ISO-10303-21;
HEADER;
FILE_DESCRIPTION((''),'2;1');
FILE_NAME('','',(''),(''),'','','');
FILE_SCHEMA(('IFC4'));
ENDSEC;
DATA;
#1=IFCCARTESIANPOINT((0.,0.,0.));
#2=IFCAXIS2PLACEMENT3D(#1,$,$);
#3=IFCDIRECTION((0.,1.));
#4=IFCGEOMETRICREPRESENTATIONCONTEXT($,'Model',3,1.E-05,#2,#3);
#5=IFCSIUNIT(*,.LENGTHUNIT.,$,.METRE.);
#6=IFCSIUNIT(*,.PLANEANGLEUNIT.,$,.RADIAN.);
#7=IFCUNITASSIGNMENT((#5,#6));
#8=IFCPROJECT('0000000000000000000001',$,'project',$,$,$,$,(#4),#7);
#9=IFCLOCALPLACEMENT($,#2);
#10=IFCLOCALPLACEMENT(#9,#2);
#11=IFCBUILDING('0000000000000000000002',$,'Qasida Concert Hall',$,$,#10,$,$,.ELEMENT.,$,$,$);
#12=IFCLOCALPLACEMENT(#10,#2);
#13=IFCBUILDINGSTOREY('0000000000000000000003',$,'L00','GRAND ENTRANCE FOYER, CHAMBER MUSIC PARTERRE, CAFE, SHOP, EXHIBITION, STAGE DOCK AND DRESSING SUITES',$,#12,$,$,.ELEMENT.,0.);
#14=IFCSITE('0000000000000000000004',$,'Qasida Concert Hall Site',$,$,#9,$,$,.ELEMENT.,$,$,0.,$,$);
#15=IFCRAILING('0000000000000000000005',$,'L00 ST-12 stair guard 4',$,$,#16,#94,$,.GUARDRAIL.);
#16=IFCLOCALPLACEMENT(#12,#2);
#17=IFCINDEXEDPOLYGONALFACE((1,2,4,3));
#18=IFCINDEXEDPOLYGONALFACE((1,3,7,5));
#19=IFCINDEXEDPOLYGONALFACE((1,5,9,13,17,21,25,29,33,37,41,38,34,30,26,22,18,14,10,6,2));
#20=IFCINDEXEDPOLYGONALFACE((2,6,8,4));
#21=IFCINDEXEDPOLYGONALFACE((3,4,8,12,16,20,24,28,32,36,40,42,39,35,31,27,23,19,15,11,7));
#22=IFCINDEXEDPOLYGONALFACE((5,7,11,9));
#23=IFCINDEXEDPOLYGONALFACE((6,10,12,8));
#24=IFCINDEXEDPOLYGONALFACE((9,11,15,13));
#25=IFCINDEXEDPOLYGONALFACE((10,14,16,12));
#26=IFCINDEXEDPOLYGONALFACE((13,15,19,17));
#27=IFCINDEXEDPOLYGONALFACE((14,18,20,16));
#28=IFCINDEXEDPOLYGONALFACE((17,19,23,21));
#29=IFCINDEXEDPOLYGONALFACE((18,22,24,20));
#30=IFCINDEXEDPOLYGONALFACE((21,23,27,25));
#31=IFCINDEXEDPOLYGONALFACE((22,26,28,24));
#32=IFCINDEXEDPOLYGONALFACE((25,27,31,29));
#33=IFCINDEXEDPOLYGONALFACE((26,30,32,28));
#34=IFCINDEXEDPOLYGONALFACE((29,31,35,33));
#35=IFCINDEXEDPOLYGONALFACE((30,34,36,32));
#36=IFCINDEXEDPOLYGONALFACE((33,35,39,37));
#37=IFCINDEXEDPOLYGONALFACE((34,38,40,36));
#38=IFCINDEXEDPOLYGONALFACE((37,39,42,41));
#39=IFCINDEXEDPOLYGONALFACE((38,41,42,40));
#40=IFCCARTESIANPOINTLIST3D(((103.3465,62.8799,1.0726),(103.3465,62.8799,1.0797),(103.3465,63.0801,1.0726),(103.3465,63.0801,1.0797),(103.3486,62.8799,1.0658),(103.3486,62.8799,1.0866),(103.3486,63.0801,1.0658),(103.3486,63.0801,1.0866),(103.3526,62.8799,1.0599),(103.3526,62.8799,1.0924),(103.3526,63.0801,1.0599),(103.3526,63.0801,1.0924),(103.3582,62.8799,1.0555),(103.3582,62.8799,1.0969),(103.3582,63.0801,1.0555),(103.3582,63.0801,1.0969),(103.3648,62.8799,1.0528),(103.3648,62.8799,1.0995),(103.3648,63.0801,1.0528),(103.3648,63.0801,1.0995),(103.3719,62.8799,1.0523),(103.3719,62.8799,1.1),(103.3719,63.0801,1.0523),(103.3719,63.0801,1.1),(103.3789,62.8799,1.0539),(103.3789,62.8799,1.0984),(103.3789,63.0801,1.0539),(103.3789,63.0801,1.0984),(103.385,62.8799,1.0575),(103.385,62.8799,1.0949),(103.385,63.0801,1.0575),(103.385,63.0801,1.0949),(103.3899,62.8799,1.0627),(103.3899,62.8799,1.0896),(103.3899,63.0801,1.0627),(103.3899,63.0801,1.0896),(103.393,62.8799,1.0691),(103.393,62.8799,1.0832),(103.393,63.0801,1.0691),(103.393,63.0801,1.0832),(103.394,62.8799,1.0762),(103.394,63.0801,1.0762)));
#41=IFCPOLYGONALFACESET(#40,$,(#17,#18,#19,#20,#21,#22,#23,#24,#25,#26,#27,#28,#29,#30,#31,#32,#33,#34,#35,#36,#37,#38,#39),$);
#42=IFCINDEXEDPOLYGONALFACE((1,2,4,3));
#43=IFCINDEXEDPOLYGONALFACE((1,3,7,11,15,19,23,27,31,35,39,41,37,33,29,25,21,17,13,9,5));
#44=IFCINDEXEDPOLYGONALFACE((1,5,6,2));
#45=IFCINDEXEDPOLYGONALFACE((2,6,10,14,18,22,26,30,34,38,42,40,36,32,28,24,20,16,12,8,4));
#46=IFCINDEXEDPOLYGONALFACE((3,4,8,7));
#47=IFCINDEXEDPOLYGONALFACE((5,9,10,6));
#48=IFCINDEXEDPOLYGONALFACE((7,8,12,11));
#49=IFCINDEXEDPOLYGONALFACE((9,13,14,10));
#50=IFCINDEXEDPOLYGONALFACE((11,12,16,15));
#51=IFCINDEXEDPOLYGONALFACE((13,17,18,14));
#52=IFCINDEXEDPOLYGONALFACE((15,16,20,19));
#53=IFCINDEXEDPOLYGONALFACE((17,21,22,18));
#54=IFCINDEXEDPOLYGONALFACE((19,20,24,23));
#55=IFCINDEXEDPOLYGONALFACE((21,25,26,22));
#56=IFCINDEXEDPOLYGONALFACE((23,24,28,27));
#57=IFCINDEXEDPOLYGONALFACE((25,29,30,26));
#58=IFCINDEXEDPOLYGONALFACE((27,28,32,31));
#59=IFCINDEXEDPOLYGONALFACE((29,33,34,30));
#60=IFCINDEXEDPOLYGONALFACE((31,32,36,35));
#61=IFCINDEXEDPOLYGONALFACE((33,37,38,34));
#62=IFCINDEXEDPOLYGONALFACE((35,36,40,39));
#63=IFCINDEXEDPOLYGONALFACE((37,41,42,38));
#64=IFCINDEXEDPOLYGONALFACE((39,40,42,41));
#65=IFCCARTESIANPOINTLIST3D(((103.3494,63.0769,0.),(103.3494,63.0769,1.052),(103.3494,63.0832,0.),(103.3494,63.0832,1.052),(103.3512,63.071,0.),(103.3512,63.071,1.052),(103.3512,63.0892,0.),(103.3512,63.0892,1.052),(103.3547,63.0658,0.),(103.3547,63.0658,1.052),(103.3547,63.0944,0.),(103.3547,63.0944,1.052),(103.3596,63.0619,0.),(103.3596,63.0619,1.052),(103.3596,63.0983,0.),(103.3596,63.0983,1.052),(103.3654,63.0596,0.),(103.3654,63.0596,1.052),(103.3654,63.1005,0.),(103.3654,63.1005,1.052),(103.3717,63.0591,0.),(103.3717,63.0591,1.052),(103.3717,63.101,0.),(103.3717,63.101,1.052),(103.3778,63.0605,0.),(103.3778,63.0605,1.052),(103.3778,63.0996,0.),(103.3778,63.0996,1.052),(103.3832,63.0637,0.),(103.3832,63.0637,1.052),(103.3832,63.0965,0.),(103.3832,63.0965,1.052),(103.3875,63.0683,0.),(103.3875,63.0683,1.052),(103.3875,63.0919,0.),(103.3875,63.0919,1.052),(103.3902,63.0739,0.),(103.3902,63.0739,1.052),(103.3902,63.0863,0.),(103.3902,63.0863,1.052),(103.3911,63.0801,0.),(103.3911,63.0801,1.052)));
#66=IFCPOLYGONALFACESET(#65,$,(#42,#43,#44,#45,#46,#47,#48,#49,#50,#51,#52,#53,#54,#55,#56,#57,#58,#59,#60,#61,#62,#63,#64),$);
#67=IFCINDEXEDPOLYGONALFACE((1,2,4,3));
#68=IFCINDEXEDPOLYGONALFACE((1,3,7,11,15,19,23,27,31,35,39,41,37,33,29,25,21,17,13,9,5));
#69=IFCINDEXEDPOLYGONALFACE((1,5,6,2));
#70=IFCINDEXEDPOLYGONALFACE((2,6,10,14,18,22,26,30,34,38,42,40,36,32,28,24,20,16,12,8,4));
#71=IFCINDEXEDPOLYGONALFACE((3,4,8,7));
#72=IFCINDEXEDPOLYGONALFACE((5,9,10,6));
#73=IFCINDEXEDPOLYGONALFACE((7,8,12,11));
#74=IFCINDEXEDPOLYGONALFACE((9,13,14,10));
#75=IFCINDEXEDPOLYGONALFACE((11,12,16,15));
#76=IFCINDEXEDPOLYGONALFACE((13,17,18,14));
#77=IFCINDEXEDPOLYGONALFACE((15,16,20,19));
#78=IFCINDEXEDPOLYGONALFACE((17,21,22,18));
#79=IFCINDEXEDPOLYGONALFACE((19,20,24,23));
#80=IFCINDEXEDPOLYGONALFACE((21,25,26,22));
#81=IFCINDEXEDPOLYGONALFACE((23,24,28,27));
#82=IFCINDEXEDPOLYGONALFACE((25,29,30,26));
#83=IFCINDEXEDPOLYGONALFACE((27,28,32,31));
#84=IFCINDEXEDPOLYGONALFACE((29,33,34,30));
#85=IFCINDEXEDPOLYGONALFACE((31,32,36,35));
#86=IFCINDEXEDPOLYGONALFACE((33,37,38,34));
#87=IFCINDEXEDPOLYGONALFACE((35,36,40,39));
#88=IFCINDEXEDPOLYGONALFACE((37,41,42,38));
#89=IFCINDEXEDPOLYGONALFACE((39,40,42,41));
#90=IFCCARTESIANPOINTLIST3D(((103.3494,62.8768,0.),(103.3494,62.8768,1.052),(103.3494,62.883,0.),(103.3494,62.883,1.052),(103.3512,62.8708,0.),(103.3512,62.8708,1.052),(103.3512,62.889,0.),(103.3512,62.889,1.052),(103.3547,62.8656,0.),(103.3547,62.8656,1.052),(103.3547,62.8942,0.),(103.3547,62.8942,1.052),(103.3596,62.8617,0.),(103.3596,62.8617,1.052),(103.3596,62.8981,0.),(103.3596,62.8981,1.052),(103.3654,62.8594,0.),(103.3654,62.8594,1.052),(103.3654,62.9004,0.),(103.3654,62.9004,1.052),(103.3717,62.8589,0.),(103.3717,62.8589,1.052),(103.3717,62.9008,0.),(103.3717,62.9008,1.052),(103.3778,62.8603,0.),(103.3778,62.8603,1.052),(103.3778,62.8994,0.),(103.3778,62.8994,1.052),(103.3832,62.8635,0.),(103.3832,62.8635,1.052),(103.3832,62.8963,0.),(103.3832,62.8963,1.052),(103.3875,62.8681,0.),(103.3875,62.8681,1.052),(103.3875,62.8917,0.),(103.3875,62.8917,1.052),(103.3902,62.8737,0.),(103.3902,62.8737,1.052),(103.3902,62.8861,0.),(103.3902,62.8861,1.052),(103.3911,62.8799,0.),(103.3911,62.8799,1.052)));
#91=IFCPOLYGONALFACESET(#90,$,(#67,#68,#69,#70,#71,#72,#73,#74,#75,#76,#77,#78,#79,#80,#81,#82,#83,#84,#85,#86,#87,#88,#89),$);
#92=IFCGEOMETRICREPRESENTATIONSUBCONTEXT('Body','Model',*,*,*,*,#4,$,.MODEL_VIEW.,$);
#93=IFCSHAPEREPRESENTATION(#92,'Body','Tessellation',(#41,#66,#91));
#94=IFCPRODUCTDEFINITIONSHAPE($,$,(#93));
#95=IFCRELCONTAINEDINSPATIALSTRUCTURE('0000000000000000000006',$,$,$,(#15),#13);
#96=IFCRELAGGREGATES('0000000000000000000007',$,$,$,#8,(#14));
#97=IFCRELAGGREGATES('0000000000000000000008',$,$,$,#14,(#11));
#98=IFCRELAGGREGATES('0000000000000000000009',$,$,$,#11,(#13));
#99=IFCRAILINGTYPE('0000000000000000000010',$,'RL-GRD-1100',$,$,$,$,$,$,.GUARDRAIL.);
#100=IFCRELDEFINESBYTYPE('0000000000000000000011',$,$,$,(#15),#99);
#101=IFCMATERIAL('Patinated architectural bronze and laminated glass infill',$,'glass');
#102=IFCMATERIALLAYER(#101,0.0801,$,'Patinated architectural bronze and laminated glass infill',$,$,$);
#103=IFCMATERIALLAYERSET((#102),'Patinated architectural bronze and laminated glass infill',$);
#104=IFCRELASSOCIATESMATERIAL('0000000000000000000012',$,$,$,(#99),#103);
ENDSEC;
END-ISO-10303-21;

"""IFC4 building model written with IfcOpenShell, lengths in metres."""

from ifc_helpers import new_model, si_unit, direction, frame, origin, origin_2d, place, context, subcontext, project, spatial, circle, extrude, material, layer, layer_set, type_object, element, save


model = new_model("IFC4")

# Units and contexts
model_context = context("Model", 3, precision=1e-05, world=origin(), true_north=direction((0.0, 1.0)))
body_context = subcontext(model_context, "Body", "Model", "MODEL_VIEW")
ifc_project = project(units=[si_unit("LENGTHUNIT", "METRE"), si_unit("PLANEANGLEUNIT", "RADIAN")], contexts=[model_context])

# Site, building, storey
site_placement = place(None, origin())
site = spatial("IfcSite", under=ifc_project, at=site_placement, Name="Qasida Concert Hall Site", CompositionType="ELEMENT", RefElevation=0.0)
building_placement = place(site_placement, origin())
building = spatial("IfcBuilding", under=site, at=building_placement, Name="Qasida Concert Hall", CompositionType="ELEMENT")
storey_placement = place(building_placement, origin())
storey = spatial("IfcBuildingStorey", under=building, at=storey_placement, Name="L00", Description="GRAND ENTRANCE FOYER, CHAMBER MUSIC PARTERRE, CAFE, SHOP, EXHIBITION, STAGE DOCK AND DRESSING SUITES", CompositionType="ELEMENT", Elevation=0.0)

# Railing
ifc_material_1 = material(Name="Patinated architectural bronze and laminated glass infill", Category="glass")
ifc_layer_1 = layer(ifc_material_1, 0.0801, Name="Patinated architectural bronze and laminated glass infill")
ifc_layer_set_1 = layer_set([ifc_layer_1], Name="Patinated architectural bronze and laminated glass infill")
railing_type_1 = type_object("IfcRailingType", Name="RL-GRD-1100", PredefinedType="GUARDRAIL", material=ifc_layer_set_1)
railing_1_placement = place(storey_placement, frame((103.3701, 63.0801, 0.0)))
element("IfcRailing", 1, at=railing_1_placement, inside=storey, type_object=railing_type_1, Name="L00 ST-12 stair guard 4", PredefinedType="GUARDRAIL", context=body_context, shape_type="SweptSolid", body=[
    extrude(circle(Radius=0.0239, at=origin_2d()), frame((0.0, 0.0, 1.0762), z_axis=(0.0, -1.0, 0.0), x_axis=(1.0, 0.0, 0.0)), (0.0, 0.0, 1.0), 0.2002),
    extrude(circle(Radius=0.021, at=origin_2d()), origin(), (0.0, 0.0, 1.0), 1.052),
    extrude(circle(Radius=0.021, at=origin_2d()), frame((0.0, -0.2002, 0.0)), (0.0, 0.0, 1.0), 1.052),
])

save(model, "model.ifc")
